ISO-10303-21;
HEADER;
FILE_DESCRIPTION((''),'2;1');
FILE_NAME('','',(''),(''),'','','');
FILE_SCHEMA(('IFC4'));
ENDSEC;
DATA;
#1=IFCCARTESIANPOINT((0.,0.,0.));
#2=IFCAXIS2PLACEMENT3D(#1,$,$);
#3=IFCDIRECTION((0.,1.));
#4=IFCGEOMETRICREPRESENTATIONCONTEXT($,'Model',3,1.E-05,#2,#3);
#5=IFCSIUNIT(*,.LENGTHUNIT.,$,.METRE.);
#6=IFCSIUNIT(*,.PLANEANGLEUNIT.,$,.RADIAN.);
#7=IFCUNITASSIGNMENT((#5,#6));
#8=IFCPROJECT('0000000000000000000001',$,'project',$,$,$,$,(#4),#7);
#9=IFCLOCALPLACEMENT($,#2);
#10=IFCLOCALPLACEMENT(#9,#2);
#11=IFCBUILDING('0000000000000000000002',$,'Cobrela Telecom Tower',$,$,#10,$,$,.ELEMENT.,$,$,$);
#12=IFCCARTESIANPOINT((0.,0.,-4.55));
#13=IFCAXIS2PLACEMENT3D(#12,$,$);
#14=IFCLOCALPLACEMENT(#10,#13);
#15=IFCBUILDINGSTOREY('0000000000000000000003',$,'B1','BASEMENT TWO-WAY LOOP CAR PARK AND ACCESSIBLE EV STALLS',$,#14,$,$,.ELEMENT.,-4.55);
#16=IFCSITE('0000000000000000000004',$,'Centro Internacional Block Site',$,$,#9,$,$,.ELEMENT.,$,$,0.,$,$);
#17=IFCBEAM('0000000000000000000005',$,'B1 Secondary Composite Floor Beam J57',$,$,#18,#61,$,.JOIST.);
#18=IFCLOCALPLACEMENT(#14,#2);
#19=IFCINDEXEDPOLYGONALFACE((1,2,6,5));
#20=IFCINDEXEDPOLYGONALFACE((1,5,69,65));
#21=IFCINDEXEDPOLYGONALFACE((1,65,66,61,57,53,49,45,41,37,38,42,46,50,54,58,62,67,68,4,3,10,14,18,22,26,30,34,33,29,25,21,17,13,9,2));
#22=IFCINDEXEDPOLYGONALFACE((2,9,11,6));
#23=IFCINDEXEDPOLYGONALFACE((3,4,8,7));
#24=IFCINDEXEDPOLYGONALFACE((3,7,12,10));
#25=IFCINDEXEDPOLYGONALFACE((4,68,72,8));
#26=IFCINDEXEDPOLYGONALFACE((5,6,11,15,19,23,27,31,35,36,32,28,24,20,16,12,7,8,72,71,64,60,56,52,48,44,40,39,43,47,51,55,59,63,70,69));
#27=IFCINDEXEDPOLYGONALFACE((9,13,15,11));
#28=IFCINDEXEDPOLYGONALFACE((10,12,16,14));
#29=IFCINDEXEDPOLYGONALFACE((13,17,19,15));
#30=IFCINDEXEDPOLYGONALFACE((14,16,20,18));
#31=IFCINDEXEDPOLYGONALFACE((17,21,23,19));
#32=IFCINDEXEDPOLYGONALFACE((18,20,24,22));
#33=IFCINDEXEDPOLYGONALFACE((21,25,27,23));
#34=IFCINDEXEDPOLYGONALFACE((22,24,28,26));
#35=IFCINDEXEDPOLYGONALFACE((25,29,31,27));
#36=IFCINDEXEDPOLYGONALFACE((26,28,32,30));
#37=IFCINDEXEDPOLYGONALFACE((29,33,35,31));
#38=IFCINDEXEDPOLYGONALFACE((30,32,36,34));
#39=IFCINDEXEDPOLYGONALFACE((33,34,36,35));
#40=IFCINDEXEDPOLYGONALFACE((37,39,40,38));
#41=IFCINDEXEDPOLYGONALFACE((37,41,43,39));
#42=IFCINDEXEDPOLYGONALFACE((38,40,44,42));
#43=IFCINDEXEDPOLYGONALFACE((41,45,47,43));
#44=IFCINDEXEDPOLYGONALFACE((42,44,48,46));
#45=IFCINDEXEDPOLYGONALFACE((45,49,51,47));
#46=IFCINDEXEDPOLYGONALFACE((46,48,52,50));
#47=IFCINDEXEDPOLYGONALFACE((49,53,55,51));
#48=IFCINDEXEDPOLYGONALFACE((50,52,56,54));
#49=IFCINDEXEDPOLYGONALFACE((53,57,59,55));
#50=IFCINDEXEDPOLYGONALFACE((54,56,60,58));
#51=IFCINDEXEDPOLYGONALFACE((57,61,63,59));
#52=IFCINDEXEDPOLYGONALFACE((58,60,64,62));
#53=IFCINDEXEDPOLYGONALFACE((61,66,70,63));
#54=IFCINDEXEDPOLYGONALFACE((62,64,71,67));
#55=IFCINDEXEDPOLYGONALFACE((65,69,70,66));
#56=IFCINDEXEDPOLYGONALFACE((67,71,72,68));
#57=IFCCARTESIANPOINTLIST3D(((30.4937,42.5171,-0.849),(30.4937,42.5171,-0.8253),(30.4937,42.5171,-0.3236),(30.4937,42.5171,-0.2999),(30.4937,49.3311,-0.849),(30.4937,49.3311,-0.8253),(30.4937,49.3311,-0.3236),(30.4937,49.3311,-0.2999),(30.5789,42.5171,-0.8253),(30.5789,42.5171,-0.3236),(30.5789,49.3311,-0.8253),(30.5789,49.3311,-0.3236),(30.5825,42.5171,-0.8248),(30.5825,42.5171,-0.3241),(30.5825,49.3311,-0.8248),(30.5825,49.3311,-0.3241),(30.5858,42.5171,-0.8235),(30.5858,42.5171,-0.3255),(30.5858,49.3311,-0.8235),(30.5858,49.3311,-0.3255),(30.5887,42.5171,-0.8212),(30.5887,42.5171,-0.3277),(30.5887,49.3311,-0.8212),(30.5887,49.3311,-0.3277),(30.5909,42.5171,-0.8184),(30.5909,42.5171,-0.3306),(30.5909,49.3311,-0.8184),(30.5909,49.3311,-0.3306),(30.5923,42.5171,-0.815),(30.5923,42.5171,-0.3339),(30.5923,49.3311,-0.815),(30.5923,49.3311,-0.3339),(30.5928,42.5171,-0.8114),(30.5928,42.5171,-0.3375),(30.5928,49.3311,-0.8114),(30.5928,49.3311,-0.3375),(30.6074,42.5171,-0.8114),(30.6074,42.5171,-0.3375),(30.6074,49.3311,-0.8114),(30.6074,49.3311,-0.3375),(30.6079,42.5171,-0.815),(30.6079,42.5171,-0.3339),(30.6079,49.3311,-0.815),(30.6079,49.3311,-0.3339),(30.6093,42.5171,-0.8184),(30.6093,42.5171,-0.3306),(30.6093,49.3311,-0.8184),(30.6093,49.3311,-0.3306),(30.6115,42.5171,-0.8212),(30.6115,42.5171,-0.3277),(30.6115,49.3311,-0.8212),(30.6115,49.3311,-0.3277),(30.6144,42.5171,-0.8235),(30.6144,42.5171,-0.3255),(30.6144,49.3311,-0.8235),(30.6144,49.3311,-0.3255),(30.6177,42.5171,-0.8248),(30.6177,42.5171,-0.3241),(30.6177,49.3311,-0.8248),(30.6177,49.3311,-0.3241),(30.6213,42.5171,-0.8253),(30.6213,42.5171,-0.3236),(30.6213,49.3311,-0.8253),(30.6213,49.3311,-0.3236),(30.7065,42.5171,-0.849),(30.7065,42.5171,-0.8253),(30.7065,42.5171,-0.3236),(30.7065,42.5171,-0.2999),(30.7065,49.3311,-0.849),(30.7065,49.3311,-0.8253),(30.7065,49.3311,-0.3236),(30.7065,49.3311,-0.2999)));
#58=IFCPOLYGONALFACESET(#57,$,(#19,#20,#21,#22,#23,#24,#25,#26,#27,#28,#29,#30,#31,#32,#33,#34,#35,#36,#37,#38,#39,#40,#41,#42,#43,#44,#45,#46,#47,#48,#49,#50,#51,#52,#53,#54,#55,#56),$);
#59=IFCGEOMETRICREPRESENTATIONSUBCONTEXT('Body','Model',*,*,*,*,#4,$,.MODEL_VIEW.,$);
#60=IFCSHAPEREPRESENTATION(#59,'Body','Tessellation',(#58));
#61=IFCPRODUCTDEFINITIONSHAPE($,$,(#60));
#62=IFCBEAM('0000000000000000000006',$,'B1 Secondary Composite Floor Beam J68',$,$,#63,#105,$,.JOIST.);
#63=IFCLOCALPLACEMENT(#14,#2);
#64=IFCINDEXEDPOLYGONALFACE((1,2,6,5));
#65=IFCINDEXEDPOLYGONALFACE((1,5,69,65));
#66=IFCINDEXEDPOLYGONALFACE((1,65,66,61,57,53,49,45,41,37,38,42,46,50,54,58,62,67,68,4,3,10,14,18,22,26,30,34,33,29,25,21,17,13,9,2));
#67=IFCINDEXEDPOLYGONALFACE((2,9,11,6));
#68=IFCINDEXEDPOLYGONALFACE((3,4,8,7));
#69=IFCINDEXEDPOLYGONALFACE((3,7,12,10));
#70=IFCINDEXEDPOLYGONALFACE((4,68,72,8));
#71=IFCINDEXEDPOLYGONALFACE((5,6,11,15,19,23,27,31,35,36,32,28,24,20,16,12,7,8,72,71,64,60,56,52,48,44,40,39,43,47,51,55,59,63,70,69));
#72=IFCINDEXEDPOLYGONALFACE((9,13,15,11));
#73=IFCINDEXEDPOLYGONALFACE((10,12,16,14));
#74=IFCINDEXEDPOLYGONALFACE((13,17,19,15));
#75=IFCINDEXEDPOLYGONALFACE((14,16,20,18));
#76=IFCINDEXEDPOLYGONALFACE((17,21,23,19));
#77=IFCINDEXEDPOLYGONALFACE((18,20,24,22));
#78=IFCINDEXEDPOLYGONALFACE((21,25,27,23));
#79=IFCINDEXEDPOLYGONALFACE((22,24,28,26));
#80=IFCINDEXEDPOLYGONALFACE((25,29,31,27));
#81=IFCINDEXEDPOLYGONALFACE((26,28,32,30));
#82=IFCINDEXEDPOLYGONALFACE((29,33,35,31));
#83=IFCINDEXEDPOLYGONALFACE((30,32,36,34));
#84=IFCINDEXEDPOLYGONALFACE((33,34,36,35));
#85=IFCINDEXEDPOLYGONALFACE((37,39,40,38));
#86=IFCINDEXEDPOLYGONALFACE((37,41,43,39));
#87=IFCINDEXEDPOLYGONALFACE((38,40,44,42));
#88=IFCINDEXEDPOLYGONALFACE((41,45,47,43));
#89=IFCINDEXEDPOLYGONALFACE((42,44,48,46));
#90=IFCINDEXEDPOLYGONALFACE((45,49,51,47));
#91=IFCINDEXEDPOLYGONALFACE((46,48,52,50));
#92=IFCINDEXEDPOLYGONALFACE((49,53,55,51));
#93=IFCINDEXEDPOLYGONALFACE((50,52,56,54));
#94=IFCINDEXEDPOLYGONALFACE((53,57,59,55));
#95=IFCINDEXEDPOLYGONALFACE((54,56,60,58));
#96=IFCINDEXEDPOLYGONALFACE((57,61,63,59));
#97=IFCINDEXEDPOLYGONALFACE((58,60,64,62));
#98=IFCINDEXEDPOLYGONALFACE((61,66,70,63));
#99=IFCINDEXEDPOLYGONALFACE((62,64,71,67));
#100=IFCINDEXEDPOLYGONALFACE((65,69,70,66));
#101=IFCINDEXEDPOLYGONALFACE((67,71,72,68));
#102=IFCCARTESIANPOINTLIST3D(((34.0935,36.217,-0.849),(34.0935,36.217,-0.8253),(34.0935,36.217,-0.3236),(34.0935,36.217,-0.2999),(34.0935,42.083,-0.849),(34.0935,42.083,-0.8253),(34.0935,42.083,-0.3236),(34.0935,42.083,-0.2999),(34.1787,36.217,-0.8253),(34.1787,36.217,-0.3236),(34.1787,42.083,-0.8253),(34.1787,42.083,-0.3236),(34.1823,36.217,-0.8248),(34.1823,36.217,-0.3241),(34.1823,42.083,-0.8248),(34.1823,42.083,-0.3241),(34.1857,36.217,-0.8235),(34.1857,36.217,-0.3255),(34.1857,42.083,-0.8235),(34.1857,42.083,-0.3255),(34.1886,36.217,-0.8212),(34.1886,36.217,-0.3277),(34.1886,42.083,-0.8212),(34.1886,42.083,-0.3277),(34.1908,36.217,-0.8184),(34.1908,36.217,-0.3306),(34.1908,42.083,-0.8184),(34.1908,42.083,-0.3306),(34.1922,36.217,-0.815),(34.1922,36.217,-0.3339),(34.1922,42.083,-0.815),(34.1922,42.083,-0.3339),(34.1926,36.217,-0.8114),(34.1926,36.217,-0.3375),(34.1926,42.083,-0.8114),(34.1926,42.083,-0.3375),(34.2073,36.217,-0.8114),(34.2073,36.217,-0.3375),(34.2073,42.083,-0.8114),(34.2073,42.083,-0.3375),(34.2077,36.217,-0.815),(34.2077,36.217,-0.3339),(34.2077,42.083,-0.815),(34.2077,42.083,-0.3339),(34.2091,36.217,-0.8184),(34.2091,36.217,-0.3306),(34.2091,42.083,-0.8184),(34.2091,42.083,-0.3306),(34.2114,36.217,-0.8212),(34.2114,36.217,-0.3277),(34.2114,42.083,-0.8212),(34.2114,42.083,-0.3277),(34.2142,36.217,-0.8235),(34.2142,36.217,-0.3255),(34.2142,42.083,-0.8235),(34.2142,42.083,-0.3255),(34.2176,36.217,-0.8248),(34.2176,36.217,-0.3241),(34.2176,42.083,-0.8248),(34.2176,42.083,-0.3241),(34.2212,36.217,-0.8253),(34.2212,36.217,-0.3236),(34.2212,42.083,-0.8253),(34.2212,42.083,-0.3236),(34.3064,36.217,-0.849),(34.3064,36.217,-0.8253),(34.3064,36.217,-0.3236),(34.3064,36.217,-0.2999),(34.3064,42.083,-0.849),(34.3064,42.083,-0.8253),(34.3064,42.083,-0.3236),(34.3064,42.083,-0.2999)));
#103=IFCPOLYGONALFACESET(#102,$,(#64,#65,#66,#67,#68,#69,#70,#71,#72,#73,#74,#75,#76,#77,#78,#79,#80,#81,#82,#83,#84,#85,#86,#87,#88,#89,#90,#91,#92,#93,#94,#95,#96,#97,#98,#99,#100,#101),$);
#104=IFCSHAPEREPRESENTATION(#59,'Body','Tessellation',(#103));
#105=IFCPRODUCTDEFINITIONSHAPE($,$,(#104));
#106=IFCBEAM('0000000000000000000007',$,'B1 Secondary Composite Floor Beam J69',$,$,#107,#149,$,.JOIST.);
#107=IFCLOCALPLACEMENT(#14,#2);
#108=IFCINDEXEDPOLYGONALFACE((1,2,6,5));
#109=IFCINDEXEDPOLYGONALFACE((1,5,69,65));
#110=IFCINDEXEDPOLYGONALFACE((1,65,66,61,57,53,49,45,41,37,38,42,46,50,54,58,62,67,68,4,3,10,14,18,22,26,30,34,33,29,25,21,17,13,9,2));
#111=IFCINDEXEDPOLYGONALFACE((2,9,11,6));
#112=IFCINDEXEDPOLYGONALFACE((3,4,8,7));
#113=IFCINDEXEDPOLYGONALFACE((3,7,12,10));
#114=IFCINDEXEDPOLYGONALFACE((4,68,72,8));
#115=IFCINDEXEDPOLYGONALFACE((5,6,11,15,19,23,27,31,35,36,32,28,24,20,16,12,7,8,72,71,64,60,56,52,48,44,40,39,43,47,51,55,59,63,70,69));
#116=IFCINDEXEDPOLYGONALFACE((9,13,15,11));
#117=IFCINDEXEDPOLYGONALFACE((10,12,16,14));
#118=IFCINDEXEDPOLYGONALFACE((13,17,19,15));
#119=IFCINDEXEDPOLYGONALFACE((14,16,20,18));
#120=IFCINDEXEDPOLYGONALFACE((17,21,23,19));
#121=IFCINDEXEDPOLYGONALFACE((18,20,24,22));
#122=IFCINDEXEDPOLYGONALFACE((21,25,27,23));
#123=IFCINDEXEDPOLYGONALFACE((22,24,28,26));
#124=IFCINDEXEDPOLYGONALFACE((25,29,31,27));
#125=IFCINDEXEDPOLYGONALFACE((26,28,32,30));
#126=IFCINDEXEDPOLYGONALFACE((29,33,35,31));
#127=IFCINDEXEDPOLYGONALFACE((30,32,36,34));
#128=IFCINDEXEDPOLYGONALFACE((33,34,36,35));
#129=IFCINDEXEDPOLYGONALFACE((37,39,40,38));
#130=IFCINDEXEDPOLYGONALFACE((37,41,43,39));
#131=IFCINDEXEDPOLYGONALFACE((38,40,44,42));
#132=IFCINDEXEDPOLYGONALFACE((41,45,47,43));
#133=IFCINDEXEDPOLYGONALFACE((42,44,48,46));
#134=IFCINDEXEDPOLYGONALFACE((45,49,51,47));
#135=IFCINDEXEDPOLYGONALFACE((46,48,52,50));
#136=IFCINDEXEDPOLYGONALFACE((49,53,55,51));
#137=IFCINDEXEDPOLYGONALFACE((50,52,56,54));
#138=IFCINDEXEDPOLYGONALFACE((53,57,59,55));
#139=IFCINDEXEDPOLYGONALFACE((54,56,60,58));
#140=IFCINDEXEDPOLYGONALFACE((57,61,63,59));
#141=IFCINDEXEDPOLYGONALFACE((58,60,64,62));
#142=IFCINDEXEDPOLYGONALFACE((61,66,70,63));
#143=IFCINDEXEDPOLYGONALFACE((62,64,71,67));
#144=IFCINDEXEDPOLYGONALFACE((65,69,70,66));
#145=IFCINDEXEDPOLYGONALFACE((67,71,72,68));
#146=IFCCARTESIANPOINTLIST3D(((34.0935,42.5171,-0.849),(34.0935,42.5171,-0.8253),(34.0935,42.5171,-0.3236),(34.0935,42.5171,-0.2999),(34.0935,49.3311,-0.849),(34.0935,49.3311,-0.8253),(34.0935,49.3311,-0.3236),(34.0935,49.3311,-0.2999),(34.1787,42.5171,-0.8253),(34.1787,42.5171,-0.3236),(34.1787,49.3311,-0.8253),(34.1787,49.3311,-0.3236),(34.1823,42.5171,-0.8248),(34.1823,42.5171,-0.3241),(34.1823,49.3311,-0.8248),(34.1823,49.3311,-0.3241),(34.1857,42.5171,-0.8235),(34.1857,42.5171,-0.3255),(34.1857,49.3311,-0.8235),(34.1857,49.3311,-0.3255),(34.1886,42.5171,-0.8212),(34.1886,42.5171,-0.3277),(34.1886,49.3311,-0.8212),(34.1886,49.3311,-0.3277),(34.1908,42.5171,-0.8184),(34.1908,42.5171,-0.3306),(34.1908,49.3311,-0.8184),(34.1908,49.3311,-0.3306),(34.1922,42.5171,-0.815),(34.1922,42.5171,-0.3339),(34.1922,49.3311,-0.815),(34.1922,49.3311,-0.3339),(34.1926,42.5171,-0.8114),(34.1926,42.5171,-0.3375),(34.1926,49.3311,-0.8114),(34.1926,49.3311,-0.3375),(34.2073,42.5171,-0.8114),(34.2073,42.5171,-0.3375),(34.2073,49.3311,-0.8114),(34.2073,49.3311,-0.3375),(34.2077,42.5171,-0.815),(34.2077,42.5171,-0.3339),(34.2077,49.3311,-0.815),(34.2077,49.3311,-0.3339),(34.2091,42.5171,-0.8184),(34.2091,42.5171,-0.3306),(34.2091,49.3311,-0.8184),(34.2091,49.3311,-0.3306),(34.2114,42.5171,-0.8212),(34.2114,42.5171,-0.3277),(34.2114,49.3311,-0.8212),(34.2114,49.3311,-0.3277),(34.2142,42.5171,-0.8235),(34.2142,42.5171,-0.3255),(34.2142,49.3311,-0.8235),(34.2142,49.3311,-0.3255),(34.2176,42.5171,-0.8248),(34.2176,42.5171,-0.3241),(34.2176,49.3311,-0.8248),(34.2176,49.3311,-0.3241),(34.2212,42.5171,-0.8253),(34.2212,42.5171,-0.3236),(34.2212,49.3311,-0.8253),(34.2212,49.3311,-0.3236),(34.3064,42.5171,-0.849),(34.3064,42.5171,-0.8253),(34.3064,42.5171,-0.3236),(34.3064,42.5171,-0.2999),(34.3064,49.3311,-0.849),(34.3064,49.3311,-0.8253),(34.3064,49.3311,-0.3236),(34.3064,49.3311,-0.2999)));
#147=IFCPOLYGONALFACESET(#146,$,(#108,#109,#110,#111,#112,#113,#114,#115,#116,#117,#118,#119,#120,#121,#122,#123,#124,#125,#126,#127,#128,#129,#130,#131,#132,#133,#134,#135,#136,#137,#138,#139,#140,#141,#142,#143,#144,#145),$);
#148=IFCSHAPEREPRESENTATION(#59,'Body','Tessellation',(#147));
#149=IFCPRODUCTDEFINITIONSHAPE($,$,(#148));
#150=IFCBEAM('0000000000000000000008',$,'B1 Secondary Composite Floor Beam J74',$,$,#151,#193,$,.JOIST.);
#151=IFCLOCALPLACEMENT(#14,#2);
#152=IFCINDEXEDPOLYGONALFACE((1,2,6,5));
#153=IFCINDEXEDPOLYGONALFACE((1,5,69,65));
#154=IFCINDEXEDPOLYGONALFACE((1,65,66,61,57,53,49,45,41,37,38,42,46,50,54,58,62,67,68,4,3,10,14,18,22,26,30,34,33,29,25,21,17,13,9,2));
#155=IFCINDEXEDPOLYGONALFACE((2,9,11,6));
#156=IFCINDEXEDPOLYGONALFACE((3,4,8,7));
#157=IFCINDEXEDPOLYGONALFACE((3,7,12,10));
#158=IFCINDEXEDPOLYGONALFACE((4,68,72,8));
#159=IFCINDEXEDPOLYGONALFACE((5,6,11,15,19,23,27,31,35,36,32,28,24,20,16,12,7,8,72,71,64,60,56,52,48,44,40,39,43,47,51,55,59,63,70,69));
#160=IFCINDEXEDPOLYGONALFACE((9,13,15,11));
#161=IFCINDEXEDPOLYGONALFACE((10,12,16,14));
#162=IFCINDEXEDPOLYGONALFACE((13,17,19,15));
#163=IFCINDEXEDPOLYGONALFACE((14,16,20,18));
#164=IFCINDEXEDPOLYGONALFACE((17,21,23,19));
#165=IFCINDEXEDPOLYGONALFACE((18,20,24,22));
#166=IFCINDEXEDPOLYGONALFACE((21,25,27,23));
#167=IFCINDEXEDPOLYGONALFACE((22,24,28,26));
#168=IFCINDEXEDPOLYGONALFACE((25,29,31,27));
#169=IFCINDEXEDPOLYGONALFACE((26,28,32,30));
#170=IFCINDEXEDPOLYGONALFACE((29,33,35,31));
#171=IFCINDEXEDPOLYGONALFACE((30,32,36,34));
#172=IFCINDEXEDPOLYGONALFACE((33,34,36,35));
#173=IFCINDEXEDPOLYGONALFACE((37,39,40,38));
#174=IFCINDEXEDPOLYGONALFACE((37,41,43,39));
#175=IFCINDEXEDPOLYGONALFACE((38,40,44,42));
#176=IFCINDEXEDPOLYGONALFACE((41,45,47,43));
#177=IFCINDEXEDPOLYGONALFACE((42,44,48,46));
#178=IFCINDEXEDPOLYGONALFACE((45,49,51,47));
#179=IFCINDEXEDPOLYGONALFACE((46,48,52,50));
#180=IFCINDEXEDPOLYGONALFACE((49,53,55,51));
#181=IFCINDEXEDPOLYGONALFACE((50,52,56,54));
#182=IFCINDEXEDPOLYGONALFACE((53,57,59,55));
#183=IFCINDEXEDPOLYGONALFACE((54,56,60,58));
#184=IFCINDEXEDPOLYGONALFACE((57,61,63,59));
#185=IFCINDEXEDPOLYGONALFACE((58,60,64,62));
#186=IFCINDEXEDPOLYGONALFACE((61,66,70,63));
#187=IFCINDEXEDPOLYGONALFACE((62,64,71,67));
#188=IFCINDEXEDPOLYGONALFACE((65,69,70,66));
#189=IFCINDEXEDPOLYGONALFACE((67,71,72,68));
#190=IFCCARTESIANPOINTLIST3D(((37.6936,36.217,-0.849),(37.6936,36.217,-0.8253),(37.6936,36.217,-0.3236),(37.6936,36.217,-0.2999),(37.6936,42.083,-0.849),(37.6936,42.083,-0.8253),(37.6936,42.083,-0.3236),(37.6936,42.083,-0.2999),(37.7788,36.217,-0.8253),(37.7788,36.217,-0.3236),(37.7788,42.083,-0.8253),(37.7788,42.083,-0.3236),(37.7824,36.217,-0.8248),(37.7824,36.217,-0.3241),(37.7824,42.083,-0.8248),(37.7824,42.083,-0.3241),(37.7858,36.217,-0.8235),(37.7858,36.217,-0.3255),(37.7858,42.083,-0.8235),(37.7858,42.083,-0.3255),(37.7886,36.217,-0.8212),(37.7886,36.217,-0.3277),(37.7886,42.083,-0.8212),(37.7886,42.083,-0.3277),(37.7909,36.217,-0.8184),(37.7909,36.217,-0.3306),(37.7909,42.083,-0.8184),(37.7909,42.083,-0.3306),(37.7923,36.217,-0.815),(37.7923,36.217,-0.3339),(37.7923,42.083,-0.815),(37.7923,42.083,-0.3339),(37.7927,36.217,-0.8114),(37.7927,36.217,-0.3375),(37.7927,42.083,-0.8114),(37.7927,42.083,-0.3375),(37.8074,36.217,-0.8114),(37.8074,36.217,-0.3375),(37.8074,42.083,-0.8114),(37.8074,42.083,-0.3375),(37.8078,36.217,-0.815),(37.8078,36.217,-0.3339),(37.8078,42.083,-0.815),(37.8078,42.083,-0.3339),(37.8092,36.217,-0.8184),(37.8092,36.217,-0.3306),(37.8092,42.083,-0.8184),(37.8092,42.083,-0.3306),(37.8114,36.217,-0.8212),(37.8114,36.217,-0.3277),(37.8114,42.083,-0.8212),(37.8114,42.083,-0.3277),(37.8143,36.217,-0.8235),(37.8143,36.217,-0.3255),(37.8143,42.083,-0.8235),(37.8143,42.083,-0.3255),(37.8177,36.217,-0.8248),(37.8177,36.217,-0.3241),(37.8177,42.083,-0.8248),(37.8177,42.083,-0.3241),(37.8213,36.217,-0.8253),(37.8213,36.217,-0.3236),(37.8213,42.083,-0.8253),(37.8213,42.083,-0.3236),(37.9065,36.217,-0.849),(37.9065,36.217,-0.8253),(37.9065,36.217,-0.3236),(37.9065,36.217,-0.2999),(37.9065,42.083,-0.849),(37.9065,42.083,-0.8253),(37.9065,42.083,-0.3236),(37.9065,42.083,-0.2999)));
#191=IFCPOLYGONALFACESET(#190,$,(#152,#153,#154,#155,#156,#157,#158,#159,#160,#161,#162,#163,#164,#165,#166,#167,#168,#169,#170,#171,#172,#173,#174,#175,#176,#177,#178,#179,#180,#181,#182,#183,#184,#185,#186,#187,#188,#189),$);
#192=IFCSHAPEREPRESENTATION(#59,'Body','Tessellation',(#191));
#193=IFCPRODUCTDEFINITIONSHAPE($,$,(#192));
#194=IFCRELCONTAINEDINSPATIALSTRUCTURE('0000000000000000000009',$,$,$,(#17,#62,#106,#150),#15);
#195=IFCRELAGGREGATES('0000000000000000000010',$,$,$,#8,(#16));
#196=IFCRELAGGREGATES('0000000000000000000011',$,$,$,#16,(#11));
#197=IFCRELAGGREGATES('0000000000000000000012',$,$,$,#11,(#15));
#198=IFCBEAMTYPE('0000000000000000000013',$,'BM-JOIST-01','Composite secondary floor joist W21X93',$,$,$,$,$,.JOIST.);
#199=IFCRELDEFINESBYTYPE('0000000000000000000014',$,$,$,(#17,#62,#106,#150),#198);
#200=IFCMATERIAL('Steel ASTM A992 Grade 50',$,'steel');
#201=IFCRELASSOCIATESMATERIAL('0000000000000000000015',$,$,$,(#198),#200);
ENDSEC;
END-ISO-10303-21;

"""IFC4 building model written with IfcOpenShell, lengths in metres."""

from ifc_helpers import new_model, si_unit, direction, frame, origin, origin_2d, place, context, subcontext, project, spatial, i_section, extrude, material, material_profile, profile_set, type_object, element, save


model = new_model("IFC4")

# Units and contexts
model_context = context("Model", 3, precision=1e-05, world=origin(), true_north=direction((0.0, 1.0)))
body_context = subcontext(model_context, "Body", "Model", "MODEL_VIEW")
ifc_project = project(units=[si_unit("LENGTHUNIT", "METRE"), si_unit("PLANEANGLEUNIT", "RADIAN")], contexts=[model_context])

# Site, building, storey
site_placement = place(None, origin())
site = spatial("IfcSite", under=ifc_project, at=site_placement, Name="Centro Internacional Block Site", CompositionType="ELEMENT", RefElevation=0.0)
building_placement = place(site_placement, origin())
building = spatial("IfcBuilding", under=site, at=building_placement, Name="Cobrela Telecom Tower", CompositionType="ELEMENT")
storey_placement = place(building_placement, frame((0.0, 0.0, -4.55)))
storey = spatial("IfcBuildingStorey", under=building, at=storey_placement, Name="B1", Description="BASEMENT TWO-WAY LOOP CAR PARK AND ACCESSIBLE EV STALLS", CompositionType="ELEMENT", Elevation=-4.55)

# Beams
ifc_material_1 = material(Name="Steel ASTM A992 Grade 50", Category="steel")
ifc_material_profile_1 = material_profile(ifc_material_1, i_section(OverallWidth=0.2129, OverallDepth=0.5491, WebThickness=0.0146, FlangeThickness=0.0237, FilletRadius=0.0139, at=origin_2d()), Name="W21X93")
ifc_profile_set_1 = profile_set([ifc_material_profile_1], Name="Steel ASTM A992 Grade 50")
beam_type_1 = type_object("IfcBeamType", Name="BM-JOIST-01", Description="Composite secondary floor joist W21X93", PredefinedType="JOIST", material=ifc_profile_set_1)
beam_1_placement = place(storey_placement, frame((30.6001, 42.5171, -0.5745), z_axis=(0.0, 1.0, 0.0), x_axis=(-1.0, 0.0, 0.0)))
element("IfcBeam", 1, at=beam_1_placement, inside=storey, type_object=beam_type_1, Name="B1 Secondary Composite Floor Beam J57", PredefinedType="JOIST", context=body_context, shape_type="SweptSolid", body=[
    extrude(i_section(OverallWidth=0.2129, OverallDepth=0.5491, WebThickness=0.0146, FlangeThickness=0.0237, FilletRadius=0.0139, at=origin_2d()), origin(), (0.0, 0.0, 1.0), 6.814),
])
beam_2_placement = place(storey_placement, frame((34.2, 36.217, -0.5745), z_axis=(0.0, 1.0, 0.0), x_axis=(-1.0, 0.0, 0.0)))
element("IfcBeam", 2, at=beam_2_placement, inside=storey, type_object=beam_type_1, Name="B1 Secondary Composite Floor Beam J68", PredefinedType="JOIST", context=body_context, shape_type="SweptSolid", body=[
    extrude(i_section(OverallWidth=0.2129, OverallDepth=0.5491, WebThickness=0.0146, FlangeThickness=0.0237, FilletRadius=0.0139, at=origin_2d()), origin(), (0.0, 0.0, 1.0), 5.866),
])
beam_3_placement = place(storey_placement, frame((34.2, 42.5171, -0.5745), z_axis=(0.0, 1.0, 0.0), x_axis=(-1.0, 0.0, 0.0)))
element("IfcBeam", 3, at=beam_3_placement, inside=storey, type_object=beam_type_1, Name="B1 Secondary Composite Floor Beam J69", PredefinedType="JOIST", context=body_context, shape_type="SweptSolid", body=[
    extrude(i_section(OverallWidth=0.2129, OverallDepth=0.5491, WebThickness=0.0146, FlangeThickness=0.0237, FilletRadius=0.0139, at=origin_2d()), origin(), (0.0, 0.0, 1.0), 6.814),
])
beam_4_placement = place(storey_placement, frame((37.8, 36.217, -0.5745), z_axis=(0.0, 1.0, 0.0), x_axis=(-1.0, 0.0, 0.0)))
element("IfcBeam", 4, at=beam_4_placement, inside=storey, type_object=beam_type_1, Name="B1 Secondary Composite Floor Beam J74", PredefinedType="JOIST", context=body_context, shape_type="SweptSolid", body=[
    extrude(i_section(OverallWidth=0.2129, OverallDepth=0.5491, WebThickness=0.0146, FlangeThickness=0.0237, FilletRadius=0.0139, at=origin_2d()), origin(), (0.0, 0.0, 1.0), 5.866),
])

save(model, "model.ifc")
